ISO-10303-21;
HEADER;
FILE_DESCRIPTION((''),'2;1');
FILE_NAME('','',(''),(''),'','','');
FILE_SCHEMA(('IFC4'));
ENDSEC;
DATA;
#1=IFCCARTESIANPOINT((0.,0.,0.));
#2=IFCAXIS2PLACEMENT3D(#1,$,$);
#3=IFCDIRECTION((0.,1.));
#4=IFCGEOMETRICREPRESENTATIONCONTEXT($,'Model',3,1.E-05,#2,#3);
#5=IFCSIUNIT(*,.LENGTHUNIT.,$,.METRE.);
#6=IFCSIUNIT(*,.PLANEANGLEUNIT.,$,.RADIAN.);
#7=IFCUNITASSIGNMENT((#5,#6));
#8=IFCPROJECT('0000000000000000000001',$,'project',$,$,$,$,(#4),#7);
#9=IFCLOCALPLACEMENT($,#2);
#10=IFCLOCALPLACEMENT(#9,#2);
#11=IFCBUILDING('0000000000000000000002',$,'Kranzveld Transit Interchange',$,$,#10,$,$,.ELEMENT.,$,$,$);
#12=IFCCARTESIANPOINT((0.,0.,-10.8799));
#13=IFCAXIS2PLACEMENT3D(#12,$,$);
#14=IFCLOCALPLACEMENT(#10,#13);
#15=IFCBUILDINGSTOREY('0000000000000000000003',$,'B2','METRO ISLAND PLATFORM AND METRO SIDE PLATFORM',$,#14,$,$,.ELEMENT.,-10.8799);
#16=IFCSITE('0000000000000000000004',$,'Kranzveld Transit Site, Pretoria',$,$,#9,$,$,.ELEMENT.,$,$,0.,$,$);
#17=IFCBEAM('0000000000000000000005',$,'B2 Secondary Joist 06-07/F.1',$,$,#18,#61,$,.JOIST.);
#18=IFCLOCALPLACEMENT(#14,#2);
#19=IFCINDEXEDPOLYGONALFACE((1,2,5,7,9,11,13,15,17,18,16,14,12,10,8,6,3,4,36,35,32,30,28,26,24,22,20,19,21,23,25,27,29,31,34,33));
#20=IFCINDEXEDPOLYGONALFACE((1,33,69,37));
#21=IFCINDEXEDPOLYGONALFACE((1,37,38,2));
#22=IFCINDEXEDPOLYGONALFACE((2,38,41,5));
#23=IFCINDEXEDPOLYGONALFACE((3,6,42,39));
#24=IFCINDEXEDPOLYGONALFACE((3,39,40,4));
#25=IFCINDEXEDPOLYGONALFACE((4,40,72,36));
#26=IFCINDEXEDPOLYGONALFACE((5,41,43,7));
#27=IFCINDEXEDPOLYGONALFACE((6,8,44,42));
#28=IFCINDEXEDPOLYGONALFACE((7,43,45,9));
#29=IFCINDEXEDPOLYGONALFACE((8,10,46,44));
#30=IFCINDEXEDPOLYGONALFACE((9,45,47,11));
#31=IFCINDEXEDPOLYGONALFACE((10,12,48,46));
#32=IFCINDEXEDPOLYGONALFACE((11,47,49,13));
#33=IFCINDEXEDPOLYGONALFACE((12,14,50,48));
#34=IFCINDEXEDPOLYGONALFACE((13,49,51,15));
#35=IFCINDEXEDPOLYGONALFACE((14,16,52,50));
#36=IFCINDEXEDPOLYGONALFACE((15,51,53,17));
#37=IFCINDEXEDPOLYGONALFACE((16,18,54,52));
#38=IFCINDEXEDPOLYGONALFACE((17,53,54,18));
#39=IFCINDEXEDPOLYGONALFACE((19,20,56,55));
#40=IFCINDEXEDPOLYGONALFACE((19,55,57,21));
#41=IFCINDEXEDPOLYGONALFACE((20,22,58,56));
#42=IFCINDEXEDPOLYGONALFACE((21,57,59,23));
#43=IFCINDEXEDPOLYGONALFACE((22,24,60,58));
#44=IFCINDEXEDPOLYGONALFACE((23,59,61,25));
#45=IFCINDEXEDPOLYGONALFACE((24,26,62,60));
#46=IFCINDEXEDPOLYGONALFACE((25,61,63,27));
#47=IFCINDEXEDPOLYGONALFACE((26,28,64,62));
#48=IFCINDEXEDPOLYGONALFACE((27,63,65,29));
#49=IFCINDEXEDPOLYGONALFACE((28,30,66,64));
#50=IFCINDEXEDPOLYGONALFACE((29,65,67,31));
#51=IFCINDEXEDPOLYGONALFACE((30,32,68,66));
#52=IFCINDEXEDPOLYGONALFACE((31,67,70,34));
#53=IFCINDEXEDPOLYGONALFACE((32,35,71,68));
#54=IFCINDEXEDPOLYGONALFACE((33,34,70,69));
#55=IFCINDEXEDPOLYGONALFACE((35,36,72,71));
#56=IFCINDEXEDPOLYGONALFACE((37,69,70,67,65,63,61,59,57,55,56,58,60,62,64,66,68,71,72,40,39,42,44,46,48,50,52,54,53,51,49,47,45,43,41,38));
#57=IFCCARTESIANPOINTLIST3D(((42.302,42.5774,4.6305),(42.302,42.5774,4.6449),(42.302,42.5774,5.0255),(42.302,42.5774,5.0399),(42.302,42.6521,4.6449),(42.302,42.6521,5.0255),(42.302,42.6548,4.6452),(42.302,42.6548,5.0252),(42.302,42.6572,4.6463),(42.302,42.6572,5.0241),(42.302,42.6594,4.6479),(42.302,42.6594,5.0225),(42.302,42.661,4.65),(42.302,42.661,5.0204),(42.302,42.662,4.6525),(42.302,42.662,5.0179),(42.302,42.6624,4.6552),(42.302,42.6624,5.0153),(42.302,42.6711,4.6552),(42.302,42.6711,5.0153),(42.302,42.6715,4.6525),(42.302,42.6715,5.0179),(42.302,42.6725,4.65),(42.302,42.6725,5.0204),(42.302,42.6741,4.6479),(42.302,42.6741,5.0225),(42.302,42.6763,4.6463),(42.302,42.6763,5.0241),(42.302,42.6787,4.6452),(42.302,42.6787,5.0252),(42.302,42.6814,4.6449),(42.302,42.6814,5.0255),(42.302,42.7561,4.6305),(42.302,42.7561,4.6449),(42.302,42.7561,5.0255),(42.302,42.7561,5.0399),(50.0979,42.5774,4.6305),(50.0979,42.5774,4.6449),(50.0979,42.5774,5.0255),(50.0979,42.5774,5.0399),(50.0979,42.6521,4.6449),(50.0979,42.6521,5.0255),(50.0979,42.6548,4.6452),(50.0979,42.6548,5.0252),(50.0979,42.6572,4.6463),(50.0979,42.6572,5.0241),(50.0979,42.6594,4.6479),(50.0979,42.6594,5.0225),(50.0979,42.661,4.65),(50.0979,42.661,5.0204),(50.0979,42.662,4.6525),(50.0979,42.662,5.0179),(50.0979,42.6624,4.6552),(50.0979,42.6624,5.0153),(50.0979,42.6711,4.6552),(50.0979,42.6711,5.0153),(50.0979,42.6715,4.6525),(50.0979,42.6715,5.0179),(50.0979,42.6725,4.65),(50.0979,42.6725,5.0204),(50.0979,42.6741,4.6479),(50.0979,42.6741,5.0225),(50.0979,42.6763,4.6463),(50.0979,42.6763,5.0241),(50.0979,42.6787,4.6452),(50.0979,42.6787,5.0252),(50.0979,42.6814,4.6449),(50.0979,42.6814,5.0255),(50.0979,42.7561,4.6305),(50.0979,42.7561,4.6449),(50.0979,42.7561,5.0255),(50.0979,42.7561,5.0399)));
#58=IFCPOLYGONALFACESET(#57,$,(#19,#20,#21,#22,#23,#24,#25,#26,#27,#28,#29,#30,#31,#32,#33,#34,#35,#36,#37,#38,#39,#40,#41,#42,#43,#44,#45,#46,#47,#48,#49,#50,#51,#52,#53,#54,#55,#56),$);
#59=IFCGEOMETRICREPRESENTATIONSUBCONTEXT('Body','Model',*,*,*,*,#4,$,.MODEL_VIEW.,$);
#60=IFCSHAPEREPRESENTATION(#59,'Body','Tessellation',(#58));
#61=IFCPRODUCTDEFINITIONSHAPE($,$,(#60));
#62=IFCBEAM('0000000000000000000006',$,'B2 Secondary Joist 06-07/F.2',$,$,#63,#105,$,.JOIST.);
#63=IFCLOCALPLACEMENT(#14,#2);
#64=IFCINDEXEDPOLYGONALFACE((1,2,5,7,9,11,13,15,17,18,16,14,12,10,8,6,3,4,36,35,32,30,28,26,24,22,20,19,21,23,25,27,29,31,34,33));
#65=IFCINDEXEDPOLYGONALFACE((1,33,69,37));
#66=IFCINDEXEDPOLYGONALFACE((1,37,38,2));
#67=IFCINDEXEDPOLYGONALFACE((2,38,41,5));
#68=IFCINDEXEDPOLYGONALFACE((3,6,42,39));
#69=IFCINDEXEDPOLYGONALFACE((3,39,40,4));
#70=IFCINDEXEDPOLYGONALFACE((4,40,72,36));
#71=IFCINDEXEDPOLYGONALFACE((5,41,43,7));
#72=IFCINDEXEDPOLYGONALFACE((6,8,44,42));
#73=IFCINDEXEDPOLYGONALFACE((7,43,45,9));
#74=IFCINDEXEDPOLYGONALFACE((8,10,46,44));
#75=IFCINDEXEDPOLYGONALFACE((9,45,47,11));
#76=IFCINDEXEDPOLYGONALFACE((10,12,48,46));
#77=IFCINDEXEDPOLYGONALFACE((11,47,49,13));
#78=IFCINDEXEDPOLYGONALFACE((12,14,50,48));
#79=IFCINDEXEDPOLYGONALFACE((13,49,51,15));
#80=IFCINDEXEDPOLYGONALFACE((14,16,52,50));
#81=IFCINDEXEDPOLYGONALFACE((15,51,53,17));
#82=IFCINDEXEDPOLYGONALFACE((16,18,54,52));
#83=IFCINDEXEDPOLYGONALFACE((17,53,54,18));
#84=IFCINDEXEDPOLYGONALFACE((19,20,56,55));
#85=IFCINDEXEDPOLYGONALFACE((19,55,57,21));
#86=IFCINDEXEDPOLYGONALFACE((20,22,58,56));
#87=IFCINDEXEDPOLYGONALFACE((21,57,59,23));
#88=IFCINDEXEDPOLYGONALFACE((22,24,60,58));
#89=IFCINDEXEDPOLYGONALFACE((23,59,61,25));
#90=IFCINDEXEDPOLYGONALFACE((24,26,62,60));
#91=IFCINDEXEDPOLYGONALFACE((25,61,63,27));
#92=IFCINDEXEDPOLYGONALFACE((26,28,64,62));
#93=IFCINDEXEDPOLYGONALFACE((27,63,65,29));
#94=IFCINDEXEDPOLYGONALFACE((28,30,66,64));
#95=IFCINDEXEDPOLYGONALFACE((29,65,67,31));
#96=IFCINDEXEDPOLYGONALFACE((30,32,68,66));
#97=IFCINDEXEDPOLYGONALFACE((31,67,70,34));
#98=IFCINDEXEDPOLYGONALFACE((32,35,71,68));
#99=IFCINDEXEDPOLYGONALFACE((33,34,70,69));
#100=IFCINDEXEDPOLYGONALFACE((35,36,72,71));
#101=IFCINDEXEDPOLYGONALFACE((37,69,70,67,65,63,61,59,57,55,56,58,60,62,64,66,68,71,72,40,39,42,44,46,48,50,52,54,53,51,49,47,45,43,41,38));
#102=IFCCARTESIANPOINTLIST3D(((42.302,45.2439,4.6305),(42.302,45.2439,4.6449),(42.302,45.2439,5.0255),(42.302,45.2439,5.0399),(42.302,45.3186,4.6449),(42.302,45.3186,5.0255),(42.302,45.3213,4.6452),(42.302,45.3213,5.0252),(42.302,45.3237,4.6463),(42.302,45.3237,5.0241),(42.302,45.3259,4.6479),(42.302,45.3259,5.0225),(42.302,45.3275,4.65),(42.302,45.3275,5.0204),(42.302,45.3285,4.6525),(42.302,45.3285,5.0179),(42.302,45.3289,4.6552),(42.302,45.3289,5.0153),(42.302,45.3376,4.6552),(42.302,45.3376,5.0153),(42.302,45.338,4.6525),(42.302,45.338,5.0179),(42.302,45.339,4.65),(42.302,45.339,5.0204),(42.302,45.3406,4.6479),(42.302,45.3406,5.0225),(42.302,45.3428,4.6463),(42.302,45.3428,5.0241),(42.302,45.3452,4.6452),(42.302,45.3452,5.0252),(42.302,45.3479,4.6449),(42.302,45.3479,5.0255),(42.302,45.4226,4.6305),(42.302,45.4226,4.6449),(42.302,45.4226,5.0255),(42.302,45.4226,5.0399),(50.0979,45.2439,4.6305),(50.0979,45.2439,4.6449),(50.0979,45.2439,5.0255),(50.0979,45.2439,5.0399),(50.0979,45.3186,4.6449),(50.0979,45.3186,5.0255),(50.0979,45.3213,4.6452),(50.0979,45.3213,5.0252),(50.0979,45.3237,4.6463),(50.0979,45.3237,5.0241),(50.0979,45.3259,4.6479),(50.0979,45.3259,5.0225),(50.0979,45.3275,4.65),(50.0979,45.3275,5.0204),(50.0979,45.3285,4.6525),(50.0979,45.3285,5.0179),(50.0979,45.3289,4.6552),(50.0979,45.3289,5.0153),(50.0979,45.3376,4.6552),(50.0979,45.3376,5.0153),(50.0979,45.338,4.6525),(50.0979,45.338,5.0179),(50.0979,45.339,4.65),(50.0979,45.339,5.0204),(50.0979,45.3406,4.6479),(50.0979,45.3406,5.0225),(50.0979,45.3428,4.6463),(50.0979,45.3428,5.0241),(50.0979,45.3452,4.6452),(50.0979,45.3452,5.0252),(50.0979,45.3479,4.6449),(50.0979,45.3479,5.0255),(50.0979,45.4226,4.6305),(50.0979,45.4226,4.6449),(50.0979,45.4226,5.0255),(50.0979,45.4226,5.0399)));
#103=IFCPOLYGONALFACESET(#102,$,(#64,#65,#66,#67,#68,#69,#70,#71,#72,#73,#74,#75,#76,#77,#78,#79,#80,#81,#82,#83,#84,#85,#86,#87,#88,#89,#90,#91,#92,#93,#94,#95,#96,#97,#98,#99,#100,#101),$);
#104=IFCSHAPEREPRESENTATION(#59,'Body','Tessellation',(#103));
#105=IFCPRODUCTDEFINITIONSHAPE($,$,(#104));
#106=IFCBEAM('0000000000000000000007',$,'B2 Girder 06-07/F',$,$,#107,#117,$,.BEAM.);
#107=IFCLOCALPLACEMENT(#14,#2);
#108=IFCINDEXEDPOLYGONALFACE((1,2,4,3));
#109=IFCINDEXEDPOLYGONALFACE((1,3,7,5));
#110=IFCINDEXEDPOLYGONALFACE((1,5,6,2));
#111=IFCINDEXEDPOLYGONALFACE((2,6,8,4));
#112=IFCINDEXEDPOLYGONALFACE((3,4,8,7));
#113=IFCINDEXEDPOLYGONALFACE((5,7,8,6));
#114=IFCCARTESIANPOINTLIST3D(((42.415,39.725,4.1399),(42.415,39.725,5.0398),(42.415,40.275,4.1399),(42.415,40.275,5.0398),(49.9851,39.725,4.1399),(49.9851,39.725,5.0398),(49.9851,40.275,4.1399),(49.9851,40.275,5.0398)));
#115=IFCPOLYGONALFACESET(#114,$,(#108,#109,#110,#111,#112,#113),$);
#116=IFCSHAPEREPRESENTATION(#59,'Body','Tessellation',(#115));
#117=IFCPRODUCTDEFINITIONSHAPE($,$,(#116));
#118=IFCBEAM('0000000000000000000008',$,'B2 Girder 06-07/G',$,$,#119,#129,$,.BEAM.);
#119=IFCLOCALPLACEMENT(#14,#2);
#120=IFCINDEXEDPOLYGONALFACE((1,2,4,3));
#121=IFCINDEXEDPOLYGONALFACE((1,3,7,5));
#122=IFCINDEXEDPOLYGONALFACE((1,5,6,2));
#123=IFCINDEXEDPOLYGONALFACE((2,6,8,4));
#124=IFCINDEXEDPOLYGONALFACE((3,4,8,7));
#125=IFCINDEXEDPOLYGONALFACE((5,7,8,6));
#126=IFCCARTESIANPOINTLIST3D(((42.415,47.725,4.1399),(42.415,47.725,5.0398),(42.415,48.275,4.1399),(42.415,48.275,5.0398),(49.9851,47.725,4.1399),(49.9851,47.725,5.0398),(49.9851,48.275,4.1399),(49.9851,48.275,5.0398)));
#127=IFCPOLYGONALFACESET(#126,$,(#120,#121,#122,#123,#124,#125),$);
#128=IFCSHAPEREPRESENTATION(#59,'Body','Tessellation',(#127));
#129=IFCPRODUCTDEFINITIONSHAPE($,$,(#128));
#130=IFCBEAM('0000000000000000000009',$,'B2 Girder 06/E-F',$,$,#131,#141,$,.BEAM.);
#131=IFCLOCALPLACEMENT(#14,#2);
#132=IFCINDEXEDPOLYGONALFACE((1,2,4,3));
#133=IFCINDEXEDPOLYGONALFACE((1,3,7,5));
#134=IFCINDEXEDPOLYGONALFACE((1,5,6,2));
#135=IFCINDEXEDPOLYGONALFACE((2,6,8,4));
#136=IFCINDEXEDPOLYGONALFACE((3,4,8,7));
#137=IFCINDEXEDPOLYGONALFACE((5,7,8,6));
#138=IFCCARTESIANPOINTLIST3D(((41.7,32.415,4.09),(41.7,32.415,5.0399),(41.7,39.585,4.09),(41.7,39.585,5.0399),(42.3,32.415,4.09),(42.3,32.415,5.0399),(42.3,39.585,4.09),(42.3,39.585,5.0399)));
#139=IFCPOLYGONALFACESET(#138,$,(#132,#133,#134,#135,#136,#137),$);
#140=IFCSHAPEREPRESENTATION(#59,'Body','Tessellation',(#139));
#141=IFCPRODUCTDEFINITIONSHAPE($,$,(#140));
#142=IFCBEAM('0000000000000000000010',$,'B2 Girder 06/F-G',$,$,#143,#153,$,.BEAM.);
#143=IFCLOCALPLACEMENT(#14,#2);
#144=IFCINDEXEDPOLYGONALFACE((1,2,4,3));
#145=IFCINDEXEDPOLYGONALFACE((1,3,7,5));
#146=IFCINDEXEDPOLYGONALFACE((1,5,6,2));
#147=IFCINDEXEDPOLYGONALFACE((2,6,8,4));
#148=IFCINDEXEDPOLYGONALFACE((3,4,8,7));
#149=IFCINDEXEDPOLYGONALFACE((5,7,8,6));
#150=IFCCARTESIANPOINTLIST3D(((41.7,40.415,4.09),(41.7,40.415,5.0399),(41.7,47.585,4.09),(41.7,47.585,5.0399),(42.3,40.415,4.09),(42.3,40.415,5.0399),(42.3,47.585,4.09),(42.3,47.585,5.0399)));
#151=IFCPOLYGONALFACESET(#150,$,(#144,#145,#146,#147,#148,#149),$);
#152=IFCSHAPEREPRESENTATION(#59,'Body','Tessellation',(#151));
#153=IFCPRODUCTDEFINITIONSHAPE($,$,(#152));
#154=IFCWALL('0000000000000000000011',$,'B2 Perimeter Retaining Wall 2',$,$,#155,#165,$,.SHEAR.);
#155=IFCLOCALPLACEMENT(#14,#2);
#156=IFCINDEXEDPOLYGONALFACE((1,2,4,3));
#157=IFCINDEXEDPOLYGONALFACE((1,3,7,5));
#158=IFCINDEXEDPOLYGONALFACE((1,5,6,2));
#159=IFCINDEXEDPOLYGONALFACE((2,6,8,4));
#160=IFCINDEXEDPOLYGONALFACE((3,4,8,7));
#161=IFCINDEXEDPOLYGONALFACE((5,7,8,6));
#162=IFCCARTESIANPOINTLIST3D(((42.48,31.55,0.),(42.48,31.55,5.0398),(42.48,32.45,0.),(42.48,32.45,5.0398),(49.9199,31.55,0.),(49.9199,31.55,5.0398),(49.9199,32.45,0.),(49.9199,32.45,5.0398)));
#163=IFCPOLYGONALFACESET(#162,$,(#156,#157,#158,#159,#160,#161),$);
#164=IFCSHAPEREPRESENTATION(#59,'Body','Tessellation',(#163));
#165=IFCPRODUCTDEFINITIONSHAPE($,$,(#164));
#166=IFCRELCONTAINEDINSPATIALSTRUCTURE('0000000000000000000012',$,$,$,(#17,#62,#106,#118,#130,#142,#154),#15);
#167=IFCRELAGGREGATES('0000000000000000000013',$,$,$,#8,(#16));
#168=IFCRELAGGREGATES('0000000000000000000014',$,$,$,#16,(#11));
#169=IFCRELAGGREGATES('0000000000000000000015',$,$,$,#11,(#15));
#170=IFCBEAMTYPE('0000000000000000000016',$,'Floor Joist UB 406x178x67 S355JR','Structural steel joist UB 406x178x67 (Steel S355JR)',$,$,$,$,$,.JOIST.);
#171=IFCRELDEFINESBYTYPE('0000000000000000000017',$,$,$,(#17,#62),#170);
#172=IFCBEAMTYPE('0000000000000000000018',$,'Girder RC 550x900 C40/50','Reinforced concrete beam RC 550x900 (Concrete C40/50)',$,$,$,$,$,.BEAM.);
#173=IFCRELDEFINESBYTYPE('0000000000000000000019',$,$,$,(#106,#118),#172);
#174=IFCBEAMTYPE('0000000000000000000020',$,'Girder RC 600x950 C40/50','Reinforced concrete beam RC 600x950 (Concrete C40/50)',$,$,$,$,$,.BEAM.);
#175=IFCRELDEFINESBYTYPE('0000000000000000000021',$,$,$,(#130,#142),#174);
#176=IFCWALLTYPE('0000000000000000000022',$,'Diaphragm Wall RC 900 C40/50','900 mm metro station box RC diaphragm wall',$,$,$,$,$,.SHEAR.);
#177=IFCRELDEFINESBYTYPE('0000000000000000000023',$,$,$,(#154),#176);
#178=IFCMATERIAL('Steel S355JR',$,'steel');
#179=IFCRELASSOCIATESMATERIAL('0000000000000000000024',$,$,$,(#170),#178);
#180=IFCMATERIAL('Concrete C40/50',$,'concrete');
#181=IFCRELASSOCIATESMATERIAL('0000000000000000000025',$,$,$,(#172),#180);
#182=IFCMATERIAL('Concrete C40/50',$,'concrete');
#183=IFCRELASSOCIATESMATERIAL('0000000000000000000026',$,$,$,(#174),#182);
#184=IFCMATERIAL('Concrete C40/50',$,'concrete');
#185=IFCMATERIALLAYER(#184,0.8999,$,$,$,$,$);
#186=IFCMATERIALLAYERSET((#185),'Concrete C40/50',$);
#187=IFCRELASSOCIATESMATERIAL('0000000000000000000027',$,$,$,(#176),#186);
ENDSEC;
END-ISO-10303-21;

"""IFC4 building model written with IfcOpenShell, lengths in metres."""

from ifc_helpers import new_model, si_unit, direction, frame, frame_2d, origin, origin_2d, place, context, subcontext, project, spatial, rectangle, i_section, extrude, material, layer, layer_set, material_profile, profile_set, type_object, element, save


model = new_model("IFC4")

# Units and contexts
model_context = context("Model", 3, precision=1e-05, world=origin(), true_north=direction((0.0, 1.0)))
body_context = subcontext(model_context, "Body", "Model", "MODEL_VIEW")
ifc_project = project(units=[si_unit("LENGTHUNIT", "METRE"), si_unit("PLANEANGLEUNIT", "RADIAN")], contexts=[model_context])

# Site, building, storey
site_placement = place(None, origin())
site = spatial("IfcSite", under=ifc_project, at=site_placement, Name="Kranzveld Transit Site, Pretoria", CompositionType="ELEMENT", RefElevation=0.0)
building_placement = place(site_placement, origin())
building = spatial("IfcBuilding", under=site, at=building_placement, Name="Kranzveld Transit Interchange", CompositionType="ELEMENT")
storey_placement = place(building_placement, frame((0.0, 0.0, -10.8799)))
storey = spatial("IfcBuildingStorey", under=building, at=storey_placement, Name="B2", Description="METRO ISLAND PLATFORM AND METRO SIDE PLATFORM", CompositionType="ELEMENT", Elevation=-10.8799)

# Beams
ifc_material_1 = material(Name="Steel S355JR", Category="steel")
ifc_material_profile_1 = material_profile(ifc_material_1, i_section(OverallWidth=0.1787, OverallDepth=0.4094, WebThickness=0.0088, FlangeThickness=0.0144, FilletRadius=0.0103, at=origin_2d()), Name="UB 406x178x67")
ifc_profile_set_1 = profile_set([ifc_material_profile_1], Name="Steel S355JR")
beam_type_1 = type_object("IfcBeamType", Name="Floor Joist UB 406x178x67 S355JR", Description="Structural steel joist UB 406x178x67 (Steel S355JR)", PredefinedType="JOIST", material=ifc_profile_set_1)
for number, where, z_axis, x_axis, name in (
    (1, (42.302, 42.6667, 4.8352), (1.0, 0.0, 0.0), (0.0, 1.0, 0.0), "B2 Secondary Joist 06-07/F.1"),
    (2, (42.302, 45.3333, 4.8352), (1.0, 0.0, 0.0), (0.0, 1.0, 0.0), "B2 Secondary Joist 06-07/F.2"),
):
    element("IfcBeam", number, at=place(storey_placement, frame(where, z_axis=z_axis, x_axis=x_axis)), inside=storey, type_object=beam_type_1, Name=name, PredefinedType="JOIST", context=body_context, shape_type="SweptSolid", body=[
        extrude(i_section(OverallWidth=0.1787, OverallDepth=0.4094, WebThickness=0.0088, FlangeThickness=0.0144, FilletRadius=0.0103, at=origin_2d()), origin(), (0.0, 0.0, 1.0), 7.7959),
    ])
ifc_material_2 = material(Name="Concrete C40/50", Category="concrete")
ifc_material_profile_2 = material_profile(ifc_material_2, rectangle(XDim=0.55, YDim=0.8999, at=origin_2d()), Name="RC 550x900")
ifc_profile_set_2 = profile_set([ifc_material_profile_2], Name="Concrete C40/50")
beam_type_2 = type_object("IfcBeamType", Name="Girder RC 550x900 C40/50", Description="Reinforced concrete beam RC 550x900 (Concrete C40/50)", PredefinedType="BEAM", material=ifc_profile_set_2)
for number, where, z_axis, x_axis, name in (
    (3, (42.415, 40.0, 4.5898), (1.0, 0.0, 0.0), (0.0, 1.0, 0.0), "B2 Girder 06-07/F"),
    (4, (42.415, 48.0, 4.5898), (1.0, 0.0, 0.0), (0.0, 1.0, 0.0), "B2 Girder 06-07/G"),
):
    element("IfcBeam", number, at=place(storey_placement, frame(where, z_axis=z_axis, x_axis=x_axis)), inside=storey, type_object=beam_type_2, Name=name, PredefinedType="BEAM", context=body_context, shape_type="SweptSolid", body=[
        extrude(rectangle(XDim=0.55, YDim=0.8999, at=origin_2d()), origin(), (0.0, 0.0, 1.0), 7.5701),
    ])
ifc_material_3 = material(Name="Concrete C40/50", Category="concrete")
ifc_material_profile_3 = material_profile(ifc_material_3, rectangle(XDim=0.6001, YDim=0.95, at=origin_2d()), Name="RC 600x950")
ifc_profile_set_3 = profile_set([ifc_material_profile_3], Name="Concrete C40/50")
beam_type_3 = type_object("IfcBeamType", Name="Girder RC 600x950 C40/50", Description="Reinforced concrete beam RC 600x950 (Concrete C40/50)", PredefinedType="BEAM", material=ifc_profile_set_3)
for number, where, z_axis, x_axis, name in (
    (5, (42.0, 32.415, 4.5649), (0.0, 1.0, 0.0), (-1.0, 0.0, 0.0), "B2 Girder 06/E-F"),
    (6, (42.0, 40.415, 4.5649), (0.0, 1.0, 0.0), (-1.0, 0.0, 0.0), "B2 Girder 06/F-G"),
):
    element("IfcBeam", number, at=place(storey_placement, frame(where, z_axis=z_axis, x_axis=x_axis)), inside=storey, type_object=beam_type_3, Name=name, PredefinedType="BEAM", context=body_context, shape_type="SweptSolid", body=[
        extrude(rectangle(XDim=0.6001, YDim=0.95, at=origin_2d()), origin(), (0.0, 0.0, 1.0), 7.1699),
    ])

# Wall
ifc_material_4 = material(Name="Concrete C40/50", Category="concrete")
ifc_layer = layer(ifc_material_4, 0.8999)
ifc_layer_set = layer_set([ifc_layer], Name="Concrete C40/50")
wall_type = type_object("IfcWallType", Name="Diaphragm Wall RC 900 C40/50", Description="900 mm metro station box RC diaphragm wall", PredefinedType="SHEAR", material=ifc_layer_set)
wall_placement = place(storey_placement, frame((42.48, 32.0, 0.0), z_axis=(0.0, 0.0, 1.0), x_axis=(1.0, 0.0, 0.0)))
element("IfcWall", 7, at=wall_placement, inside=storey, type_object=wall_type, Name="B2 Perimeter Retaining Wall 2", PredefinedType="SHEAR", context=body_context, shape_type="SweptSolid", body=[
    extrude(rectangle(XDim=7.4399, YDim=0.8999, at=frame_2d((3.72, 0.0))), origin(), (0.0, 0.0, 1.0), 5.0398),
])

save(model, "model.ifc")
